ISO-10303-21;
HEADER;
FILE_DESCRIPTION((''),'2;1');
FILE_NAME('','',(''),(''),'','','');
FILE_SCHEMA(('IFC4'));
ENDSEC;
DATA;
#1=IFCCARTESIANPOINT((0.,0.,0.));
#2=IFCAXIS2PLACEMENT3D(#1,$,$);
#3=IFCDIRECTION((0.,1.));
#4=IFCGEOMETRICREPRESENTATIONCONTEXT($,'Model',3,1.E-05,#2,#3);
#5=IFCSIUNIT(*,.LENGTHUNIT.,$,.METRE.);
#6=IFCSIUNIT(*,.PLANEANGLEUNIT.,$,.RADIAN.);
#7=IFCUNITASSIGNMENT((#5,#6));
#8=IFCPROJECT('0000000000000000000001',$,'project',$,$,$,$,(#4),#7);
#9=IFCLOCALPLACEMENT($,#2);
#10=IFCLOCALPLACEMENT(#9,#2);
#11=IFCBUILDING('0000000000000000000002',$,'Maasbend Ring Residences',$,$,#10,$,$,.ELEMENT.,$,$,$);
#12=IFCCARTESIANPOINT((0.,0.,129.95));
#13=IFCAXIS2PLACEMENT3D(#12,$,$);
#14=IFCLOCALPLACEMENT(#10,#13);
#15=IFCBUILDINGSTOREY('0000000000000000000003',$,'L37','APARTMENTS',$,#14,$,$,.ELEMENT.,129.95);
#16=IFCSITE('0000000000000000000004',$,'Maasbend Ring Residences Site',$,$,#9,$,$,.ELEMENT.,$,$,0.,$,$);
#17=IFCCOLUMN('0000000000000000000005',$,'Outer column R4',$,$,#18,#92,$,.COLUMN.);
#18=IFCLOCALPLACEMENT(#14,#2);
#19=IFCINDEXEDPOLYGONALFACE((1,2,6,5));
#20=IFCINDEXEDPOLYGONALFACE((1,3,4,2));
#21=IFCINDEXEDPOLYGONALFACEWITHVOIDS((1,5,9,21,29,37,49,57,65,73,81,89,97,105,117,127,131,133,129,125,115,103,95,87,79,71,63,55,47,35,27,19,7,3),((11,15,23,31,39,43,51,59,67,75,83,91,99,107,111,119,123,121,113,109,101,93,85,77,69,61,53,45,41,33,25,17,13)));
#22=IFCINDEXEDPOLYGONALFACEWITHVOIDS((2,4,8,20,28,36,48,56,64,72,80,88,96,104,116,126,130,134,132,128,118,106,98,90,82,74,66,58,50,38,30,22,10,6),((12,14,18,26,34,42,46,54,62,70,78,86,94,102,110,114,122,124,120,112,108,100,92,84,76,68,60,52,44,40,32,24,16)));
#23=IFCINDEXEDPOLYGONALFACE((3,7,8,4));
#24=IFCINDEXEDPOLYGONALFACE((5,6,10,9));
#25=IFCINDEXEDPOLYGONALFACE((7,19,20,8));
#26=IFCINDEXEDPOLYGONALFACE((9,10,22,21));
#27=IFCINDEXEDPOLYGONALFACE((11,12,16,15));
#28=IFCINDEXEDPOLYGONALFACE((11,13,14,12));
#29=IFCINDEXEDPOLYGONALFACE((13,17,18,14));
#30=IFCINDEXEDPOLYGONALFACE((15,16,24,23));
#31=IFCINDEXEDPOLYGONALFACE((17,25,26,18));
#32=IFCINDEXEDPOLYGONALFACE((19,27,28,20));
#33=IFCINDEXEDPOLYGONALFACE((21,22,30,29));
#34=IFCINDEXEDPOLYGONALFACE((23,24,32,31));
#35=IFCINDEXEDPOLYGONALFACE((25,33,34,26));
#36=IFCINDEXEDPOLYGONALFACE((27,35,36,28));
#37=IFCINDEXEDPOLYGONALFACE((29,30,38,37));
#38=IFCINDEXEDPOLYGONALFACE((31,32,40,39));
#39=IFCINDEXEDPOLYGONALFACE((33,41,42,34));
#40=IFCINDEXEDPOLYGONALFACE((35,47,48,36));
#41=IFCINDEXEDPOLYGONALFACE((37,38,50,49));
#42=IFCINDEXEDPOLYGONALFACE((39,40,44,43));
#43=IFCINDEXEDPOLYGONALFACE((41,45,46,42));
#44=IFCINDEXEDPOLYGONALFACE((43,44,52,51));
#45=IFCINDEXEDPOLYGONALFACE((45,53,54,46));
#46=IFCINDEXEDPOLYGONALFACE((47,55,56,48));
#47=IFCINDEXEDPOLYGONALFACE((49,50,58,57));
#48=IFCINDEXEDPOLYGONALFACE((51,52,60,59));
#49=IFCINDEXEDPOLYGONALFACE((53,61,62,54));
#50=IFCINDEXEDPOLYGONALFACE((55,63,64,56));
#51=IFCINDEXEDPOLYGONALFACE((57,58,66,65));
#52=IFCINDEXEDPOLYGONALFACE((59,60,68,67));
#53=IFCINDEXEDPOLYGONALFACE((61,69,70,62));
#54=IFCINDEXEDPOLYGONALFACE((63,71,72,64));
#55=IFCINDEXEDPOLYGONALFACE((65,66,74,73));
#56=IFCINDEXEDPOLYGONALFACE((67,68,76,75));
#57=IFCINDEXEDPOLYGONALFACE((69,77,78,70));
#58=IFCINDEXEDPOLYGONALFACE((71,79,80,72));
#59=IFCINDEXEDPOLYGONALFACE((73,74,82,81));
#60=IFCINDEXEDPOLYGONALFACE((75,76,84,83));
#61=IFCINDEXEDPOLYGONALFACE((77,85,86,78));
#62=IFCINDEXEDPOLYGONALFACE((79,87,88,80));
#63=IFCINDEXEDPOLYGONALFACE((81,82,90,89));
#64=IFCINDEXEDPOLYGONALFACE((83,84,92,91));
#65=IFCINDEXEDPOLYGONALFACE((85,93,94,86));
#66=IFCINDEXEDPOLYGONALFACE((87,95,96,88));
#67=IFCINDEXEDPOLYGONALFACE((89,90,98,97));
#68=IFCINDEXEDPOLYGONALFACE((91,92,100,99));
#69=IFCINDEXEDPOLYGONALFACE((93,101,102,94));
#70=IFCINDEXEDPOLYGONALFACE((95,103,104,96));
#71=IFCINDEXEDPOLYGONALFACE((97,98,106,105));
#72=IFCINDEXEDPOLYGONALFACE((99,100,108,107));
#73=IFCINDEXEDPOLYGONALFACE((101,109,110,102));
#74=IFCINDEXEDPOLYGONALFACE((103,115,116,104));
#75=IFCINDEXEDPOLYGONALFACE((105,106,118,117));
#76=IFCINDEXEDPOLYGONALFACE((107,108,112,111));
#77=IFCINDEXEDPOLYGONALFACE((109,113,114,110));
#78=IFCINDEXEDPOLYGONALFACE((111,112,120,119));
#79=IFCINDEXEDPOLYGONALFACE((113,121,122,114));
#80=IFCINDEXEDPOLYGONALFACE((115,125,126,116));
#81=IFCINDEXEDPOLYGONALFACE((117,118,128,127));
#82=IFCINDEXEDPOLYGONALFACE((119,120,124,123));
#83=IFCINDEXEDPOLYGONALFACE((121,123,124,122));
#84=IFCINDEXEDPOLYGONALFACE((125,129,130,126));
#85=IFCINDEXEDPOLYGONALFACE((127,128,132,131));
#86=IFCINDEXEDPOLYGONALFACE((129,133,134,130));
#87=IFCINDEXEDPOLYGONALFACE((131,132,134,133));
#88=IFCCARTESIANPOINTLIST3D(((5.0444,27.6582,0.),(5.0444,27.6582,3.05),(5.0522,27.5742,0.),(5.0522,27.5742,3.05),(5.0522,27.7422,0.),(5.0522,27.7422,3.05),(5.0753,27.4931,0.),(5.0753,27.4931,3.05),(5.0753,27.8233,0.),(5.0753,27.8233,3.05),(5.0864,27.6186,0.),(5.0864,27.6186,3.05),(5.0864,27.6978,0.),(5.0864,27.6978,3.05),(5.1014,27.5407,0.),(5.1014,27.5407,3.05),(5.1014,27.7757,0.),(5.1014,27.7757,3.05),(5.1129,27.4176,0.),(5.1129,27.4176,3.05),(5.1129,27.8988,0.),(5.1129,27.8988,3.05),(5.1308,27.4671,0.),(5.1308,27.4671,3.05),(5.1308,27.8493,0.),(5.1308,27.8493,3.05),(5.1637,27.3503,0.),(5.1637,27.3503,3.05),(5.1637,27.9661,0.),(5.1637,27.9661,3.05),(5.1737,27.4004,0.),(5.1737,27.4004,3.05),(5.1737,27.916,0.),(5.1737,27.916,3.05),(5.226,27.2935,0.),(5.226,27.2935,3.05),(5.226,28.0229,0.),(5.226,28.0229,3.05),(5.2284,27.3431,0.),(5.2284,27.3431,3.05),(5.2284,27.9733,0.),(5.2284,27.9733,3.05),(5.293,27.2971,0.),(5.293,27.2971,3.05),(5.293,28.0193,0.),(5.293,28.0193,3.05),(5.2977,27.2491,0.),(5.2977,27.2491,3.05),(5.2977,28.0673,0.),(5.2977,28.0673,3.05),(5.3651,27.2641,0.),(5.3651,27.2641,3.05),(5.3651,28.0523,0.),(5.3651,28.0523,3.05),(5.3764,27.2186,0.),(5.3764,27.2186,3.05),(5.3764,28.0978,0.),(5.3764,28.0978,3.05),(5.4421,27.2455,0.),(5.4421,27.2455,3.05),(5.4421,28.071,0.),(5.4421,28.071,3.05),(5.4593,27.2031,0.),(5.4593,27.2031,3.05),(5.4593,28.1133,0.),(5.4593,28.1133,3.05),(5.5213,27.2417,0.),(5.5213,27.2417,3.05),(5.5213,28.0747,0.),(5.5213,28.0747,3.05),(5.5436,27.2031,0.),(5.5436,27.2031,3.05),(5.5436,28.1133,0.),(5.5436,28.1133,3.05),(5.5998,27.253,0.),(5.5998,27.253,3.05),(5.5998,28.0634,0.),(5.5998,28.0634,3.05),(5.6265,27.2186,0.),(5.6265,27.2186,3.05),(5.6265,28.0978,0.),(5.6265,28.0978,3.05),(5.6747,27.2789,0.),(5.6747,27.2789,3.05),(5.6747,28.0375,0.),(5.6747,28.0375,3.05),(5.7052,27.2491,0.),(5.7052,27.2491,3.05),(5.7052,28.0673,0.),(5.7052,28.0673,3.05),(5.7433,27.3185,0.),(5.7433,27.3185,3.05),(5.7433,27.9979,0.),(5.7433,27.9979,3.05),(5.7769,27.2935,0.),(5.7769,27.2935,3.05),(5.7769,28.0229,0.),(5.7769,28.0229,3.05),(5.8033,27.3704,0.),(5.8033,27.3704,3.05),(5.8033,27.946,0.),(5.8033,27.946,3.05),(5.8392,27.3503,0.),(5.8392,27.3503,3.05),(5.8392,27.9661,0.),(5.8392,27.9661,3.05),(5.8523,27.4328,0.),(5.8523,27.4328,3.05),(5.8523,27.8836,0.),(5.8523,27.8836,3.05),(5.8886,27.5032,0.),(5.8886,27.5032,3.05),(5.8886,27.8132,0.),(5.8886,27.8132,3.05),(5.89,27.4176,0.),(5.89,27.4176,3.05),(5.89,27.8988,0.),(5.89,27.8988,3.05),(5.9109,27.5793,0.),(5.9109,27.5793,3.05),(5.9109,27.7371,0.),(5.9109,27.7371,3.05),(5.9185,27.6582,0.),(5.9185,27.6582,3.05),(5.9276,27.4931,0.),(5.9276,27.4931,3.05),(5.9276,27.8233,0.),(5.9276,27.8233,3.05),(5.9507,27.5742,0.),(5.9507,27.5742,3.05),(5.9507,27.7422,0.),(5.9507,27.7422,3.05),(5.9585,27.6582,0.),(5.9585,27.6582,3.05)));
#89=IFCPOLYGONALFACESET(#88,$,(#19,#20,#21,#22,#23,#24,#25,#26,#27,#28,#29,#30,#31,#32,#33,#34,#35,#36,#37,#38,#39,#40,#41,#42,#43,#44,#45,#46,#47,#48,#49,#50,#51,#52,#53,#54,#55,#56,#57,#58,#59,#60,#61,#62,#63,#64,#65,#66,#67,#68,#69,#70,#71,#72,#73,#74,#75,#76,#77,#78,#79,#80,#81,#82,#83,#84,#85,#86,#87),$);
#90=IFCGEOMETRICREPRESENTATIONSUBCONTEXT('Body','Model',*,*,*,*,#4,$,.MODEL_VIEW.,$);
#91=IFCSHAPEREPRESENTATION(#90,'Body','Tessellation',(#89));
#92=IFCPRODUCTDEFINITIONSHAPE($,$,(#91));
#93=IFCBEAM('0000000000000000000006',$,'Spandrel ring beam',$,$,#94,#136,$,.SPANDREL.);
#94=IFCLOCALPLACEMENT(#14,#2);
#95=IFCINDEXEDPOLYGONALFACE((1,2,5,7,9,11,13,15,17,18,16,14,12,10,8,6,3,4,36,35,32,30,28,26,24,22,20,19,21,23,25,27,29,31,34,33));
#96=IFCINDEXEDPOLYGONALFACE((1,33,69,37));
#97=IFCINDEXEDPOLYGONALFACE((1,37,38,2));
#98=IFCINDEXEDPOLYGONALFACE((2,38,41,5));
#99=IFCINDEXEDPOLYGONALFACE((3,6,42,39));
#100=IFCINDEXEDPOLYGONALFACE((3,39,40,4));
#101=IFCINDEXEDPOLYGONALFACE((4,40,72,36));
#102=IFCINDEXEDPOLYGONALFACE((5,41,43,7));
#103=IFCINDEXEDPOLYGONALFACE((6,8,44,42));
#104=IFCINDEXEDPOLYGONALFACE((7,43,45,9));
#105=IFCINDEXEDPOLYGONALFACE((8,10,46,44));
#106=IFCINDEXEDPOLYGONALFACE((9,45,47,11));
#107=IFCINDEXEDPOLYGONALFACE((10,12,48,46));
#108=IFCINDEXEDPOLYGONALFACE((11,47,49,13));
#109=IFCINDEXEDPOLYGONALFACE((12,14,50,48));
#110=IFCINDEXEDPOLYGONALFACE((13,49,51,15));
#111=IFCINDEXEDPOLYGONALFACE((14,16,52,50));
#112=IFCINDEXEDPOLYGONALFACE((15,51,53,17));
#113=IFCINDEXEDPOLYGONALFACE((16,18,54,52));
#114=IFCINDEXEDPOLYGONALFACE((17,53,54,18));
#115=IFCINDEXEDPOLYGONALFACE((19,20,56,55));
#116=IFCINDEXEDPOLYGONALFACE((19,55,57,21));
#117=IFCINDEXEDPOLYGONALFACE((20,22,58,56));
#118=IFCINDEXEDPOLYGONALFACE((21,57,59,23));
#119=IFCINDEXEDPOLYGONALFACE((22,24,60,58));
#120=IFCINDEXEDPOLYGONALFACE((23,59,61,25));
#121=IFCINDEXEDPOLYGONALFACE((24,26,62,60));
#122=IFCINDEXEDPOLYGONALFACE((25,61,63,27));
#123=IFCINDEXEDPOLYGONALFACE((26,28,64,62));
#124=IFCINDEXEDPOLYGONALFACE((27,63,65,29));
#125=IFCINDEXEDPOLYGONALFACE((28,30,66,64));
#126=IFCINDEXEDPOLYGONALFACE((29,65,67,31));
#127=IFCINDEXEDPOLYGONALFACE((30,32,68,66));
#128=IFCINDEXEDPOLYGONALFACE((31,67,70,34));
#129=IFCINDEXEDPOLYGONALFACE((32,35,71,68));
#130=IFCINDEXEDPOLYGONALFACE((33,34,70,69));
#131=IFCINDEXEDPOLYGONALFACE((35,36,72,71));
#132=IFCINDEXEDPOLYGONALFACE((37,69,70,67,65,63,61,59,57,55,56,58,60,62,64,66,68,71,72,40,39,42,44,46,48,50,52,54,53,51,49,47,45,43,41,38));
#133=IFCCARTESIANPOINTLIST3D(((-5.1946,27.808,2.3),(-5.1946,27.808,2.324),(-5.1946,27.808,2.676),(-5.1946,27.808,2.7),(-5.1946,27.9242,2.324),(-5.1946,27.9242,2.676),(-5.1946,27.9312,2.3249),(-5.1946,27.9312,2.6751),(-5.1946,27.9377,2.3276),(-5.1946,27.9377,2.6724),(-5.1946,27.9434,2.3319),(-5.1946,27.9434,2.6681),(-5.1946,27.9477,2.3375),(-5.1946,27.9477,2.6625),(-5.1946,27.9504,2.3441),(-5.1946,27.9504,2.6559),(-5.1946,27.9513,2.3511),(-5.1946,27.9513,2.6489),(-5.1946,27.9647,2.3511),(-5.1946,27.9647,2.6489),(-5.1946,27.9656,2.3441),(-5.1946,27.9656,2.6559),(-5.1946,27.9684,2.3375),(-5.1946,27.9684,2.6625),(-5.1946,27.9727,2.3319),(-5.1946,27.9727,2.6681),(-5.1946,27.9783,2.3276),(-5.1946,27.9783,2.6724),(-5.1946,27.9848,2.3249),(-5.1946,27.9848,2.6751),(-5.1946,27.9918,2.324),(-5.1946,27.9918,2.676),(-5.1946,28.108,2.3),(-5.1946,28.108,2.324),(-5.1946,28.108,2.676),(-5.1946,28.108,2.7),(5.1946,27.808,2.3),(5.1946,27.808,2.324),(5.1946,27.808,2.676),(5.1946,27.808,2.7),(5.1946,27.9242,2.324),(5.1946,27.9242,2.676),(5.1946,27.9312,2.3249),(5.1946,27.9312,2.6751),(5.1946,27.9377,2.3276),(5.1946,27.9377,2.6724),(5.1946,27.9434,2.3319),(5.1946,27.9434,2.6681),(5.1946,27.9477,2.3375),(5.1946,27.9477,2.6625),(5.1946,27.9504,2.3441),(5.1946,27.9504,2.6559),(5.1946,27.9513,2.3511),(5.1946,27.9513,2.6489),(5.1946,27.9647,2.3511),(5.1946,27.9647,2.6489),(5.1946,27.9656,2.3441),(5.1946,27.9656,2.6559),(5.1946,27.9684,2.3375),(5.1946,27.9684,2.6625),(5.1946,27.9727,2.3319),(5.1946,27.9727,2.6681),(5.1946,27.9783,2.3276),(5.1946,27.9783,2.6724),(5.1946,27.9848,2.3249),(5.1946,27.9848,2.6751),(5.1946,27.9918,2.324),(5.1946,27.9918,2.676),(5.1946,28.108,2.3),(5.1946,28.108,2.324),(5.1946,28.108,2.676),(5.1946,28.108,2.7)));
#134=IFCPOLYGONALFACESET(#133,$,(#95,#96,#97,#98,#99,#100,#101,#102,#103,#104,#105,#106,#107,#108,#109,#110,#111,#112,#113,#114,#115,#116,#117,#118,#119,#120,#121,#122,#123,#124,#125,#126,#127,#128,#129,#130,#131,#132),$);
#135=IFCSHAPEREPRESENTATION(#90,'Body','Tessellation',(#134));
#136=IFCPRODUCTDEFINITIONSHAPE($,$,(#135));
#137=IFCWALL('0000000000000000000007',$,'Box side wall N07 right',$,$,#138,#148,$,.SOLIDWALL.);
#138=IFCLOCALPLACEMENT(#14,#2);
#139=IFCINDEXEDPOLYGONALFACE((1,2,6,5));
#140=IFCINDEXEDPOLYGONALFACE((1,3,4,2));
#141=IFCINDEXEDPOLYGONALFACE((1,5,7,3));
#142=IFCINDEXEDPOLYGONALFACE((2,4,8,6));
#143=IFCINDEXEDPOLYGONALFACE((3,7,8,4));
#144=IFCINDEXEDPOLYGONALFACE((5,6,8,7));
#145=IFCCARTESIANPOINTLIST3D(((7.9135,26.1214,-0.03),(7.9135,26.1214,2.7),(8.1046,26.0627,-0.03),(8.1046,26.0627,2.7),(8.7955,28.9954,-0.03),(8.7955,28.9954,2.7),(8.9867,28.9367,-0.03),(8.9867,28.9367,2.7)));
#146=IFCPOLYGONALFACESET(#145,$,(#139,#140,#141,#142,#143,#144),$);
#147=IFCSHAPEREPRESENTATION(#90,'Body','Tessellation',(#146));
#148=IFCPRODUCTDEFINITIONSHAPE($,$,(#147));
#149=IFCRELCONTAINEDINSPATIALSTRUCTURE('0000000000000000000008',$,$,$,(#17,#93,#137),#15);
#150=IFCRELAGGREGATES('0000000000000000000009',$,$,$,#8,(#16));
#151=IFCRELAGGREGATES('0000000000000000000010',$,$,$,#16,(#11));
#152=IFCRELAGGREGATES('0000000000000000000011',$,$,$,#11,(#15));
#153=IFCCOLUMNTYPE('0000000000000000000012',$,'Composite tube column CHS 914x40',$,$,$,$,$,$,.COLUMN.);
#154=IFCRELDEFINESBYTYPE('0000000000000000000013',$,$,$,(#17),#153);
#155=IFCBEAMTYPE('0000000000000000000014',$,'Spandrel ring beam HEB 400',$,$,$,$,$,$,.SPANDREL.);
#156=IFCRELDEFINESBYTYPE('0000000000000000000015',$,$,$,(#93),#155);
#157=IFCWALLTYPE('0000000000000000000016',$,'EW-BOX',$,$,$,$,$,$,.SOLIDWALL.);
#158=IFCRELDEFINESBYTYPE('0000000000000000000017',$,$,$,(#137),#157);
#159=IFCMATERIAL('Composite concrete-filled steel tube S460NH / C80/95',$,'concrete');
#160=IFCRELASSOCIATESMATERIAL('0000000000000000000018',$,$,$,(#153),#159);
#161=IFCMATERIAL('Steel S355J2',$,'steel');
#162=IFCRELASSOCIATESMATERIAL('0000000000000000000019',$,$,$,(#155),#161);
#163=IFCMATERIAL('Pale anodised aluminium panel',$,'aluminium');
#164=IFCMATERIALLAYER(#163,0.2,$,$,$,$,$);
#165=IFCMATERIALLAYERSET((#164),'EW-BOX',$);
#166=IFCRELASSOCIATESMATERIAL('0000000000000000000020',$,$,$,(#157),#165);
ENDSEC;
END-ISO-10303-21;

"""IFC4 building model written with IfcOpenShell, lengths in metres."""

from ifc_helpers import new_model, si_unit, direction, frame, frame_2d, origin, origin_2d, place, context, subcontext, project, spatial, rectangle, hollow_circle, i_section, extrude, material, layer, layer_set, material_profile, profile_set, type_object, element, save


model = new_model("IFC4")

# Units and contexts
model_context = context("Model", 3, precision=1e-05, world=origin(), true_north=direction((0.0, 1.0)))
body_context = subcontext(model_context, "Body", "Model", "MODEL_VIEW")
ifc_project = project(units=[si_unit("LENGTHUNIT", "METRE"), si_unit("PLANEANGLEUNIT", "RADIAN")], contexts=[model_context])

# Site, building, storey
site_placement = place(None, origin())
site = spatial("IfcSite", under=ifc_project, at=site_placement, Name="Maasbend Ring Residences Site", CompositionType="ELEMENT", RefElevation=0.0)
building_placement = place(site_placement, origin())
building = spatial("IfcBuilding", under=site, at=building_placement, Name="Maasbend Ring Residences", CompositionType="ELEMENT")
storey_placement = place(building_placement, frame((0.0, 0.0, 129.95)))
storey = spatial("IfcBuildingStorey", under=building, at=storey_placement, Name="L37", Description="APARTMENTS", CompositionType="ELEMENT", Elevation=129.95)

# Column
ifc_material_1 = material(Name="Composite concrete-filled steel tube S460NH / C80/95", Category="concrete")
ifc_material_profile_1 = material_profile(ifc_material_1, hollow_circle(Radius=0.457, WallThickness=0.04, at=origin_2d()), Name="Composite tube column CHS 914x40")
ifc_profile_set_1 = profile_set([ifc_material_profile_1], Name="Composite concrete-filled steel tube S460NH / C80/95")
column_type = type_object("IfcColumnType", Name="Composite tube column CHS 914x40", PredefinedType="COLUMN", material=ifc_profile_set_1)
column_placement = place(storey_placement, frame((5.5015, 27.6582, 0.0), z_axis=(0.0, 0.0, 1.0), x_axis=(1.0, 0.0, 0.0)))
element("IfcColumn", 1, at=column_placement, inside=storey, type_object=column_type, Name="Outer column R4", PredefinedType="COLUMN", context=body_context, shape_type="SweptSolid", body=[
    extrude(hollow_circle(Radius=0.457, WallThickness=0.04, at=origin_2d()), origin(), (0.0, 0.0, 1.0), 3.05),
])

# Beam
ifc_material_2 = material(Name="Steel S355J2", Category="steel")
ifc_material_profile_2 = material_profile(ifc_material_2, i_section(OverallWidth=0.3, OverallDepth=0.3999, WebThickness=0.0134, FlangeThickness=0.0239, FilletRadius=0.0271, at=origin_2d()), Name="HEB 400")
ifc_profile_set_2 = profile_set([ifc_material_profile_2], Name="Steel S355J2")
beam_type = type_object("IfcBeamType", Name="Spandrel ring beam HEB 400", PredefinedType="SPANDREL", material=ifc_profile_set_2)
beam_placement = place(storey_placement, frame((5.1946, 27.958, 2.5), z_axis=(-1.0, 0.0, 0.0), x_axis=(0.0, -1.0, 0.0)))
element("IfcBeam", 2, at=beam_placement, inside=storey, type_object=beam_type, Name="Spandrel ring beam", PredefinedType="SPANDREL", context=body_context, shape_type="SweptSolid", body=[
    extrude(i_section(OverallWidth=0.3, OverallDepth=0.3999, WebThickness=0.0134, FlangeThickness=0.0239, FilletRadius=0.0271, at=origin_2d()), origin(), (0.0, 0.0, 1.0), 10.3892),
])

# Wall
ifc_material_3 = material(Name="Pale anodised aluminium panel", Category="aluminium")
ifc_layer_1 = layer(ifc_material_3, 0.2)
ifc_layer_set_1 = layer_set([ifc_layer_1], Name="EW-BOX")
wall_type_1 = type_object("IfcWallType", Name="EW-BOX", PredefinedType="SOLIDWALL", material=ifc_layer_set_1)
wall_1_placement = place(storey_placement, frame((8.009, 26.092, -0.03), z_axis=(0.0, 0.0, 1.0), x_axis=(0.293407, 0.955988, 0.0)))
element("IfcWall", 3, at=wall_1_placement, inside=storey, type_object=wall_type_1, Name="Box side wall N07 right", PredefinedType="SOLIDWALL", context=body_context, shape_type="SweptSolid", body=[
    extrude(rectangle(XDim=3.0063, YDim=0.2, at=frame_2d((1.5032, 0.0))), origin(), (0.0, 0.0, 1.0), 2.73),
])

save(model, "model.ifc")
